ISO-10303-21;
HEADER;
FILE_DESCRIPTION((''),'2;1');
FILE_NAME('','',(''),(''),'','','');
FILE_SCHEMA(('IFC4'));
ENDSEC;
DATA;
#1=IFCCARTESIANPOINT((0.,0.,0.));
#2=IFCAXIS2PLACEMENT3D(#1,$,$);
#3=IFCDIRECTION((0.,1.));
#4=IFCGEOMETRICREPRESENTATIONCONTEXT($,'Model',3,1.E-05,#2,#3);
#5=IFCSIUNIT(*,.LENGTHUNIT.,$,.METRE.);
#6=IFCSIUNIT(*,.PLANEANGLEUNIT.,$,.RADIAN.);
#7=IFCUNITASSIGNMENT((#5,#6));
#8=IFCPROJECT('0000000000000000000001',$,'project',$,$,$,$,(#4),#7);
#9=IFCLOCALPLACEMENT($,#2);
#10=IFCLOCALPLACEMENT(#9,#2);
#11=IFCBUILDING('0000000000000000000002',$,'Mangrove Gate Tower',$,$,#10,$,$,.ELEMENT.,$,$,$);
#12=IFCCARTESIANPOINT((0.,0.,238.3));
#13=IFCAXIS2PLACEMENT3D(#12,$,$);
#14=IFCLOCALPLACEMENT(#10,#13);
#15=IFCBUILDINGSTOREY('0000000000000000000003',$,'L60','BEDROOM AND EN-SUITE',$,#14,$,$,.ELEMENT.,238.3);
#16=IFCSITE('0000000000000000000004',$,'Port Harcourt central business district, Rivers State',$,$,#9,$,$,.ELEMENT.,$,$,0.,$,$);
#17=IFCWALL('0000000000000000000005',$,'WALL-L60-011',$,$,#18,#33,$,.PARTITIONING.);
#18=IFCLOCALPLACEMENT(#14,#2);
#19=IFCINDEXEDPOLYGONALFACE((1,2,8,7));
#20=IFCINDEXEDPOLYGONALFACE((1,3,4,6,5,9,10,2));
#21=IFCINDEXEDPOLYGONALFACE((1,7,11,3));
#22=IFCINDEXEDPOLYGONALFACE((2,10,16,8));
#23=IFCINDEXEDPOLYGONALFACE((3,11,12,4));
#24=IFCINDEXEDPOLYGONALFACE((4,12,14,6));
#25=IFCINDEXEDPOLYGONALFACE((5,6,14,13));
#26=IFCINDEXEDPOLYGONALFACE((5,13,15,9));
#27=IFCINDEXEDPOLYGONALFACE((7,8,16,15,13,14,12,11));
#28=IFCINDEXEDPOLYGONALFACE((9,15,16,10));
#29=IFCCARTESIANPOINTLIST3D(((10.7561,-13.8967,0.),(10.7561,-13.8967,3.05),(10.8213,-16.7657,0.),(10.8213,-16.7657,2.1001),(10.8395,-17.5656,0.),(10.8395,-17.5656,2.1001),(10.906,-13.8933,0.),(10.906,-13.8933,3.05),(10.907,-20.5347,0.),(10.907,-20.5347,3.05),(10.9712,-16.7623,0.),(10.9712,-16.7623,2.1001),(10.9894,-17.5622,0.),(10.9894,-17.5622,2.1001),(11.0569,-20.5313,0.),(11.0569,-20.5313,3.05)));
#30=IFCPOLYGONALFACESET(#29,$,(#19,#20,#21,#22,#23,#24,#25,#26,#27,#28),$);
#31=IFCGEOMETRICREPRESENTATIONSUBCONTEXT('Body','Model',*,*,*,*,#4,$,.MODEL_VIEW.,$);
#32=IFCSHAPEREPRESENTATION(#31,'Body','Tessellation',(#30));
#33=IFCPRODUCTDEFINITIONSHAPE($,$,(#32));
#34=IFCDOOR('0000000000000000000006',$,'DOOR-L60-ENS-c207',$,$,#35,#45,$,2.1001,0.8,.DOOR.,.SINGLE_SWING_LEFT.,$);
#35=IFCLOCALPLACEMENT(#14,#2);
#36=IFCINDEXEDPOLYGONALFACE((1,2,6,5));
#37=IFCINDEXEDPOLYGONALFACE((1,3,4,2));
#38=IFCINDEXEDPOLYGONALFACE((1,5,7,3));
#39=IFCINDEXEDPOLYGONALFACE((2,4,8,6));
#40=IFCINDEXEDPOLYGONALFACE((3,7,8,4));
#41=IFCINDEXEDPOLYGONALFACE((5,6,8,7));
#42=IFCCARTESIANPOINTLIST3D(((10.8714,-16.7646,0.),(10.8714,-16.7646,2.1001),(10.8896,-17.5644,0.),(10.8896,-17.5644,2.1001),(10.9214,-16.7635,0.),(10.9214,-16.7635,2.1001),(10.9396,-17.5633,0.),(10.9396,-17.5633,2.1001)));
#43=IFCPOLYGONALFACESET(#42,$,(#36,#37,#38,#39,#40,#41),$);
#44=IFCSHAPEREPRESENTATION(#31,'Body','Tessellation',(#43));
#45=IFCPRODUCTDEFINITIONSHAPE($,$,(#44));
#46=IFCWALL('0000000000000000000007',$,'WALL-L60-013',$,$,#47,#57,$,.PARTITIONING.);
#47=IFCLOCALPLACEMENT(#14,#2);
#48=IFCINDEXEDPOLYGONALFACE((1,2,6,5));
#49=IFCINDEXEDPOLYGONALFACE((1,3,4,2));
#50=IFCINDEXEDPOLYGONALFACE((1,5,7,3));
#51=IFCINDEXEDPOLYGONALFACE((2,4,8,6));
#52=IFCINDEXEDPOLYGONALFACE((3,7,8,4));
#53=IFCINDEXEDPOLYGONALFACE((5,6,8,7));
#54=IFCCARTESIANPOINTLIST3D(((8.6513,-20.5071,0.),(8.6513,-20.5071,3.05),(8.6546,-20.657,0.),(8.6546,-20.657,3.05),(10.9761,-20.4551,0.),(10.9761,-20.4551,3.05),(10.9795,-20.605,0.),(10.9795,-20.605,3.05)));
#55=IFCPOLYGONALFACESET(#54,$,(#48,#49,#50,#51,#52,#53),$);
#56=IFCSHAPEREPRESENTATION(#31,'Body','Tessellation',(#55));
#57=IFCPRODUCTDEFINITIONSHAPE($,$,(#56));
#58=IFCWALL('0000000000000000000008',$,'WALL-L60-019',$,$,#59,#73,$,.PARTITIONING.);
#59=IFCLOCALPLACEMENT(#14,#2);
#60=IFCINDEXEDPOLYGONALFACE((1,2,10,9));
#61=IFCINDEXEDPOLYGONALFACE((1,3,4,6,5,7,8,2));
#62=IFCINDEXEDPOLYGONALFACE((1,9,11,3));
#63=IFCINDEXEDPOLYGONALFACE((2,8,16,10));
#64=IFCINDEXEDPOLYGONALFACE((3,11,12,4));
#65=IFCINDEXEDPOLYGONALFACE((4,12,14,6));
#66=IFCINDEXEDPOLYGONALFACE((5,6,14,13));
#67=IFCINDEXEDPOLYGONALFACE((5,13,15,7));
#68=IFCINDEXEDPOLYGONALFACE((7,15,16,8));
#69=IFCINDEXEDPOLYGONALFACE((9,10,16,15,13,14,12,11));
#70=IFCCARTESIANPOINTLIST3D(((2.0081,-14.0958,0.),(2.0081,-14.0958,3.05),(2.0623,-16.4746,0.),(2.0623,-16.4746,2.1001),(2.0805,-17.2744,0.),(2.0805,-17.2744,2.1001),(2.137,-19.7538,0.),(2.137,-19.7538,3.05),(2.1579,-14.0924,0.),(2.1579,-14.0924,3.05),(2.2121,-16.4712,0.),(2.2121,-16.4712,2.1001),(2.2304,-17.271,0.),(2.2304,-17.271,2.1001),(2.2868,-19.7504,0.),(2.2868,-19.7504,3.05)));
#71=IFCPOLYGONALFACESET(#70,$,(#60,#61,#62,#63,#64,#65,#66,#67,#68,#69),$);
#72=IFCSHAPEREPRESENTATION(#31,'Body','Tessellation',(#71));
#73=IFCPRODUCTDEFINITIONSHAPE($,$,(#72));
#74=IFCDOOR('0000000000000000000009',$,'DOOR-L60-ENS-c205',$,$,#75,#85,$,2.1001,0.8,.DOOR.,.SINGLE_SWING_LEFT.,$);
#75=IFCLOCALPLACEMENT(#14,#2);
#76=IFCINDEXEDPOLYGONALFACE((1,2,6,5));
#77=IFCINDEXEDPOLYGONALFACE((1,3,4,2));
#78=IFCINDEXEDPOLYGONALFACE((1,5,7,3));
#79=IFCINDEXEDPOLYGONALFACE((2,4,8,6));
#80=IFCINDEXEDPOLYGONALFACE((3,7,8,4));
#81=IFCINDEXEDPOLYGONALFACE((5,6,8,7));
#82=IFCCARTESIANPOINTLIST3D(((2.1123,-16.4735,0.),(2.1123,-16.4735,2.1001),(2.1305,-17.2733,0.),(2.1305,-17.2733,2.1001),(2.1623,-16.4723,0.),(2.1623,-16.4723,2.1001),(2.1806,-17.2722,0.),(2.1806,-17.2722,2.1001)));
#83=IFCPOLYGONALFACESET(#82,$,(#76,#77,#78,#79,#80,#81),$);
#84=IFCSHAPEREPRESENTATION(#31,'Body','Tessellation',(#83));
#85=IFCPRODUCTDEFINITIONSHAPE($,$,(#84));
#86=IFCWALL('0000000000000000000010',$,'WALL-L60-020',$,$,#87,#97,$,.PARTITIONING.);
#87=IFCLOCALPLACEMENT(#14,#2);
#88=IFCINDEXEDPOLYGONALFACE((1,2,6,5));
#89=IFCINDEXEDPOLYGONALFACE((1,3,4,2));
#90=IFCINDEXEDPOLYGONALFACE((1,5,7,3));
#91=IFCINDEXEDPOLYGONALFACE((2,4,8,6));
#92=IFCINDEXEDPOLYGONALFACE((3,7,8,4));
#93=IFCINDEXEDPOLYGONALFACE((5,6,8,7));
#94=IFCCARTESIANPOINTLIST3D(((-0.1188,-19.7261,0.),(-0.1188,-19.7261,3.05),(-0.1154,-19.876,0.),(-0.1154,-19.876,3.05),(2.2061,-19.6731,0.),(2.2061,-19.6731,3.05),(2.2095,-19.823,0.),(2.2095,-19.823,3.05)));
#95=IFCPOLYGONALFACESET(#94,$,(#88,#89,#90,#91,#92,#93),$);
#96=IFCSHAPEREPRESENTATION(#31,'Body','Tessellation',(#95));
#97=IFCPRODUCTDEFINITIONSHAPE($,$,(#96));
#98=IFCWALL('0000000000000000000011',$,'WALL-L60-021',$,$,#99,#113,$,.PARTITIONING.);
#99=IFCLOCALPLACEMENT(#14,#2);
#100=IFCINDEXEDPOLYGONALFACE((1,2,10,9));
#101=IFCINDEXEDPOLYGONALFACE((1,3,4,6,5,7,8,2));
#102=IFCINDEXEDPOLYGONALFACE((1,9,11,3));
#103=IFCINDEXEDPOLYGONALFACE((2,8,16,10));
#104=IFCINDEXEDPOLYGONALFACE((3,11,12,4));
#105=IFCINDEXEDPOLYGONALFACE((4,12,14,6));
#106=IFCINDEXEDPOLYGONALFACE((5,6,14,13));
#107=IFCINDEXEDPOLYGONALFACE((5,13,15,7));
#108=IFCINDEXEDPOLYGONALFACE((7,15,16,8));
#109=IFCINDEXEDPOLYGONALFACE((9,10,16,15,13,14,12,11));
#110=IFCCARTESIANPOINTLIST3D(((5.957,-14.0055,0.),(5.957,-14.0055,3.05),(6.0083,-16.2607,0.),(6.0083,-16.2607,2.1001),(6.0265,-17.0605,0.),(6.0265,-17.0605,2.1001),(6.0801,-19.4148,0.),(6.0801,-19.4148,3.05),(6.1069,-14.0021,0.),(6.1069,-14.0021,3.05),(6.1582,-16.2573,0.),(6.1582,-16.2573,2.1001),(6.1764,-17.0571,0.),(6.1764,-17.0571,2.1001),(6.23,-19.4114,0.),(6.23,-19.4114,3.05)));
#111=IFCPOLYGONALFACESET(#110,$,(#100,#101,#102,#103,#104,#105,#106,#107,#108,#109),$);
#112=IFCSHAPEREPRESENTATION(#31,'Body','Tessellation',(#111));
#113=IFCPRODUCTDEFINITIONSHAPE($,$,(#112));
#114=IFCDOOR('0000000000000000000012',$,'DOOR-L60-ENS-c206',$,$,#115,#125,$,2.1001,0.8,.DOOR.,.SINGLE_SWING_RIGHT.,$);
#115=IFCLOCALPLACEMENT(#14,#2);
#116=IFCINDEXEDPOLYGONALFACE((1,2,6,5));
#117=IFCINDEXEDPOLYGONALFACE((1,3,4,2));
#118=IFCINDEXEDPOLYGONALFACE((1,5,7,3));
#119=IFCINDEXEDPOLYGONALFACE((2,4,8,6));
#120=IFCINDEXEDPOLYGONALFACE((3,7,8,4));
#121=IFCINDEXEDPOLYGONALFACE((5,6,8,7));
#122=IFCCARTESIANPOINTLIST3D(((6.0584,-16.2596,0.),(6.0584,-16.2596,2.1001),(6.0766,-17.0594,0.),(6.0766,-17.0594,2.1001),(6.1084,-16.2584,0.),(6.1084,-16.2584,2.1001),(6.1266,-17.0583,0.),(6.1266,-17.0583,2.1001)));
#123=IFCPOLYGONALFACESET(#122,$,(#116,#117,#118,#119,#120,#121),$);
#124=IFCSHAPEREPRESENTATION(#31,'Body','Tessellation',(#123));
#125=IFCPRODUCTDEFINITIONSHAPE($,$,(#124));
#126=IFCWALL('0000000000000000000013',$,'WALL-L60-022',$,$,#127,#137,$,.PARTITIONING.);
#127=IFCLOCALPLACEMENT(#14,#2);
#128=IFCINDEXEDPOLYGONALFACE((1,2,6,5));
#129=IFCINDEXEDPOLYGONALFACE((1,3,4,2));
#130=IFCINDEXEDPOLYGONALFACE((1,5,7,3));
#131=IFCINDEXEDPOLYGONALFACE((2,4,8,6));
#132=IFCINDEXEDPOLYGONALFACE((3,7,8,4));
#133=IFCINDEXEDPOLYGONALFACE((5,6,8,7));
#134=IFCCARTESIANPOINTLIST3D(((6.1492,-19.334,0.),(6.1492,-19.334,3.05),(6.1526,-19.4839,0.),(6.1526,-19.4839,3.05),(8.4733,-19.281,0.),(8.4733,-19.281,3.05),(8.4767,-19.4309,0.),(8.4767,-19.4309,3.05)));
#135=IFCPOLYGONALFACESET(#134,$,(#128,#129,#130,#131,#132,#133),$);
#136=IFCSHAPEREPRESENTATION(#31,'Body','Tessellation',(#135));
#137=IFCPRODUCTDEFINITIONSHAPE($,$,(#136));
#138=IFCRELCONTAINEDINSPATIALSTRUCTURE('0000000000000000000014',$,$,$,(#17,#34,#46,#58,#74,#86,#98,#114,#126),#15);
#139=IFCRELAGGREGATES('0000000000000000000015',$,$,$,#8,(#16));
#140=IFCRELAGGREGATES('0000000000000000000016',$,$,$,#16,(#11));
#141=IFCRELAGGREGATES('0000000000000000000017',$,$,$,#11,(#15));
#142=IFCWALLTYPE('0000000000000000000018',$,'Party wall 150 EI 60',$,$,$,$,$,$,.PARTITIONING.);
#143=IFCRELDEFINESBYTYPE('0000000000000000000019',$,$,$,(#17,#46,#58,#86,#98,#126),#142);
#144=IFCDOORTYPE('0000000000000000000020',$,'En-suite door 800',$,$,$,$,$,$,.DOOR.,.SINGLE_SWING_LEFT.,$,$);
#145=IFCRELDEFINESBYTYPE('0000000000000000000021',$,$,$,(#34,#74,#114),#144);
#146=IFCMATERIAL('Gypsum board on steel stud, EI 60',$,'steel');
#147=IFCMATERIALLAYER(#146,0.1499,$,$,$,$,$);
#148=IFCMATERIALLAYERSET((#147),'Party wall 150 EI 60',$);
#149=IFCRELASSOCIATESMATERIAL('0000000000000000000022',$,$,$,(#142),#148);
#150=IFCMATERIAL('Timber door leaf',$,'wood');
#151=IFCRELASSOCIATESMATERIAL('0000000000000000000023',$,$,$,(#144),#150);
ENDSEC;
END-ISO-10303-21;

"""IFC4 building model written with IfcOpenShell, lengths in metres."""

from ifc_helpers import new_model, si_unit, direction, frame, frame_2d, origin, place, context, subcontext, project, spatial, rectangle, extrude, material, layer, layer_set, type_object, element, fill, save


model = new_model("IFC4")

# Units and contexts
model_context = context("Model", 3, precision=1e-05, world=origin(), true_north=direction((0.0, 1.0)))
body_context = subcontext(model_context, "Body", "Model", "MODEL_VIEW")
ifc_project = project(units=[si_unit("LENGTHUNIT", "METRE"), si_unit("PLANEANGLEUNIT", "RADIAN")], contexts=[model_context])

# Site, building, storey
site_placement = place(None, origin())
site = spatial("IfcSite", under=ifc_project, at=site_placement, Name="Port Harcourt central business district, Rivers State", CompositionType="ELEMENT", RefElevation=0.0)
building_placement = place(site_placement, origin())
building = spatial("IfcBuilding", under=site, at=building_placement, Name="Mangrove Gate Tower", CompositionType="ELEMENT")
storey_placement = place(building_placement, frame((0.0, 0.0, 238.3)))
storey = spatial("IfcBuildingStorey", under=building, at=storey_placement, Name="L60", Description="BEDROOM AND EN-SUITE", CompositionType="ELEMENT", Elevation=238.3)

# Shared definitions
ifc_material_1 = material(Name="Gypsum board on steel stud, EI 60", Category="steel")
ifc_layer_1 = layer(ifc_material_1, 0.1499)
ifc_layer_set_1 = layer_set([ifc_layer_1], Name="Party wall 150 EI 60")
wall_type_1 = type_object("IfcWallType", Name="Party wall 150 EI 60", PredefinedType="PARTITIONING", material=ifc_layer_set_1)

# Wall, opening, door
wall_1_placement = place(storey_placement, frame((10.9819, -20.533, 0.0), z_axis=(0.0, 0.0, 1.0), x_axis=(-0.022724, 0.999742, 0.0)))
wall_1 = element("IfcWall", 1, at=wall_1_placement, inside=storey, type_object=wall_type_1, Name="WALL-L60-011", PredefinedType="PARTITIONING", context=body_context, shape_type="SweptSolid", body=[
    extrude(rectangle(XDim=6.6396, YDim=0.1499, at=frame_2d((3.3198, 0.0))), origin(), (0.0, 0.0, 1.0), 3.05),
])
opening_1_placement = place(wall_1_placement, frame((2.97, 0.0, 0.0)))
opening_1 = element("IfcOpeningElement", 2, at=opening_1_placement, cuts=wall_1, PredefinedType="OPENING", context=body_context, shape_type="SweptSolid", body=[
    extrude(rectangle(XDim=0.8, YDim=2.1001, at=frame_2d((0.3999, 1.05))), frame((0.0, 0.085, 0.0), z_axis=(0.0, -1.0, 0.0), x_axis=(1.0, 0.0, 0.0)), (0.0, 0.0, 1.0), 0.1699),
])
ifc_material_2 = material(Name="Timber door leaf", Category="wood")
door_type_1 = type_object("IfcDoorType", Name="En-suite door 800", OperationType="SINGLE_SWING_LEFT", PredefinedType="DOOR", material=ifc_material_2)
door_1_placement = place(opening_1_placement, origin())
door_1 = element("IfcDoor", 3, at=door_1_placement, inside=storey, type_object=door_type_1, Name="DOOR-L60-ENS-c207", OperationType="SINGLE_SWING_LEFT", OverallHeight=2.1001, OverallWidth=0.8, PredefinedType="DOOR", context=body_context, shape_type="SweptSolid", body=[
    extrude(rectangle(XDim=0.8, YDim=2.1001, at=frame_2d((0.3999, 1.05))), frame((0.0, 0.0249, 0.0), z_axis=(0.0, -1.0, 0.0), x_axis=(1.0, 0.0, 0.0)), (0.0, 0.0, 1.0), 0.05),
])
fill(opening_1, door_1)

# Wall
wall_2_placement = place(storey_placement, frame((8.6531, -20.582, 0.0), z_axis=(0.0, 0.0, 1.0), x_axis=(0.99975, 0.022361, 0.0)))
element("IfcWall", 4, at=wall_2_placement, inside=storey, type_object=wall_type_1, Name="WALL-L60-013", PredefinedType="PARTITIONING", context=body_context, shape_type="SweptSolid", body=[
    extrude(rectangle(XDim=2.3254, YDim=0.1499, at=frame_2d((1.1626, 0.0))), origin(), (0.0, 0.0, 1.0), 3.05),
])

# Wall, opening, door
wall_3_placement = place(storey_placement, frame((2.2119, -19.752, 0.0), z_axis=(0.0, 0.0, 1.0), x_axis=(-0.022777, 0.999741, 0.0)))
wall_3 = element("IfcWall", 5, at=wall_3_placement, inside=storey, type_object=wall_type_1, Name="WALL-L60-019", PredefinedType="PARTITIONING", context=body_context, shape_type="SweptSolid", body=[
    extrude(rectangle(XDim=5.6594, YDim=0.1499, at=frame_2d((2.8296, 0.0))), origin(), (0.0, 0.0, 1.0), 3.05),
])
opening_2_placement = place(wall_3_placement, frame((2.48, 0.0, 0.0)))
opening_2 = element("IfcOpeningElement", 6, at=opening_2_placement, cuts=wall_3, PredefinedType="OPENING", context=body_context, shape_type="SweptSolid", body=[
    extrude(rectangle(XDim=0.8, YDim=2.1001, at=frame_2d((0.3999, 1.05))), frame((0.0, 0.085, 0.0), z_axis=(0.0, -1.0, 0.0), x_axis=(1.0, 0.0, 0.0)), (0.0, 0.0, 1.0), 0.1699),
])
door_2_placement = place(opening_2_placement, origin())
door_2 = element("IfcDoor", 7, at=door_2_placement, inside=storey, type_object=door_type_1, Name="DOOR-L60-ENS-c205", OperationType="SINGLE_SWING_LEFT", OverallHeight=2.1001, OverallWidth=0.8, PredefinedType="DOOR", context=body_context, shape_type="SweptSolid", body=[
    extrude(rectangle(XDim=0.8, YDim=2.1001, at=frame_2d((0.3999, 1.05))), frame((0.0, 0.0249, 0.0), z_axis=(0.0, -1.0, 0.0), x_axis=(1.0, 0.0, 0.0)), (0.0, 0.0, 1.0), 0.05),
])
fill(opening_2, door_2)

# Wall
wall_4_placement = place(storey_placement, frame((-0.1169, -19.801, 0.0), z_axis=(0.0, 0.0, 1.0), x_axis=(0.99974, 0.022781, 0.0)))
element("IfcWall", 8, at=wall_4_placement, inside=storey, type_object=wall_type_1, Name="WALL-L60-020", PredefinedType="PARTITIONING", context=body_context, shape_type="SweptSolid", body=[
    extrude(rectangle(XDim=2.3254, YDim=0.1499, at=frame_2d((1.1626, 0.0))), origin(), (0.0, 0.0, 1.0), 3.05),
])

# Wall, opening, door
wall_5_placement = place(storey_placement, frame((6.155, -19.4131, 0.0), z_axis=(0.0, 0.0, 1.0), x_axis=(-0.022742, 0.999741, 0.0)))
wall_5 = element("IfcWall", 9, at=wall_5_placement, inside=storey, type_object=wall_type_1, Name="WALL-L60-021", PredefinedType="PARTITIONING", context=body_context, shape_type="SweptSolid", body=[
    extrude(rectangle(XDim=5.4106, YDim=0.1499, at=frame_2d((2.7053, 0.0))), origin(), (0.0, 0.0, 1.0), 3.05),
])
opening_3_placement = place(wall_5_placement, frame((2.355, 0.0, 0.0)))
opening_3 = element("IfcOpeningElement", 10, at=opening_3_placement, cuts=wall_5, PredefinedType="OPENING", context=body_context, shape_type="SweptSolid", body=[
    extrude(rectangle(XDim=0.8, YDim=2.1001, at=frame_2d((0.3999, 1.05))), frame((0.0, 0.085, 0.0), z_axis=(0.0, -1.0, 0.0), x_axis=(1.0, 0.0, 0.0)), (0.0, 0.0, 1.0), 0.1699),
])
door_3_placement = place(opening_3_placement, origin())
door_3 = element("IfcDoor", 11, at=door_3_placement, inside=storey, type_object=door_type_1, Name="DOOR-L60-ENS-c206", OperationType="SINGLE_SWING_RIGHT", OverallHeight=2.1001, OverallWidth=0.8, PredefinedType="DOOR", context=body_context, shape_type="SweptSolid", body=[
    extrude(rectangle(XDim=0.8, YDim=2.1001, at=frame_2d((0.3999, 1.05))), frame((0.0, 0.0249, 0.0), z_axis=(0.0, -1.0, 0.0), x_axis=(1.0, 0.0, 0.0)), (0.0, 0.0, 1.0), 0.05),
])
fill(opening_3, door_3)

# Wall
wall_6_placement = place(storey_placement, frame((6.1509, -19.4089, 0.0), z_axis=(0.0, 0.0, 1.0), x_axis=(0.99974, 0.022788, 0.0)))
element("IfcWall", 12, at=wall_6_placement, inside=storey, type_object=wall_type_1, Name="WALL-L60-022", PredefinedType="PARTITIONING", context=body_context, shape_type="SweptSolid", body=[
    extrude(rectangle(XDim=2.3247, YDim=0.1499, at=frame_2d((1.1624, 0.0))), origin(), (0.0, 0.0, 1.0), 3.05),
])

save(model, "model.ifc")
